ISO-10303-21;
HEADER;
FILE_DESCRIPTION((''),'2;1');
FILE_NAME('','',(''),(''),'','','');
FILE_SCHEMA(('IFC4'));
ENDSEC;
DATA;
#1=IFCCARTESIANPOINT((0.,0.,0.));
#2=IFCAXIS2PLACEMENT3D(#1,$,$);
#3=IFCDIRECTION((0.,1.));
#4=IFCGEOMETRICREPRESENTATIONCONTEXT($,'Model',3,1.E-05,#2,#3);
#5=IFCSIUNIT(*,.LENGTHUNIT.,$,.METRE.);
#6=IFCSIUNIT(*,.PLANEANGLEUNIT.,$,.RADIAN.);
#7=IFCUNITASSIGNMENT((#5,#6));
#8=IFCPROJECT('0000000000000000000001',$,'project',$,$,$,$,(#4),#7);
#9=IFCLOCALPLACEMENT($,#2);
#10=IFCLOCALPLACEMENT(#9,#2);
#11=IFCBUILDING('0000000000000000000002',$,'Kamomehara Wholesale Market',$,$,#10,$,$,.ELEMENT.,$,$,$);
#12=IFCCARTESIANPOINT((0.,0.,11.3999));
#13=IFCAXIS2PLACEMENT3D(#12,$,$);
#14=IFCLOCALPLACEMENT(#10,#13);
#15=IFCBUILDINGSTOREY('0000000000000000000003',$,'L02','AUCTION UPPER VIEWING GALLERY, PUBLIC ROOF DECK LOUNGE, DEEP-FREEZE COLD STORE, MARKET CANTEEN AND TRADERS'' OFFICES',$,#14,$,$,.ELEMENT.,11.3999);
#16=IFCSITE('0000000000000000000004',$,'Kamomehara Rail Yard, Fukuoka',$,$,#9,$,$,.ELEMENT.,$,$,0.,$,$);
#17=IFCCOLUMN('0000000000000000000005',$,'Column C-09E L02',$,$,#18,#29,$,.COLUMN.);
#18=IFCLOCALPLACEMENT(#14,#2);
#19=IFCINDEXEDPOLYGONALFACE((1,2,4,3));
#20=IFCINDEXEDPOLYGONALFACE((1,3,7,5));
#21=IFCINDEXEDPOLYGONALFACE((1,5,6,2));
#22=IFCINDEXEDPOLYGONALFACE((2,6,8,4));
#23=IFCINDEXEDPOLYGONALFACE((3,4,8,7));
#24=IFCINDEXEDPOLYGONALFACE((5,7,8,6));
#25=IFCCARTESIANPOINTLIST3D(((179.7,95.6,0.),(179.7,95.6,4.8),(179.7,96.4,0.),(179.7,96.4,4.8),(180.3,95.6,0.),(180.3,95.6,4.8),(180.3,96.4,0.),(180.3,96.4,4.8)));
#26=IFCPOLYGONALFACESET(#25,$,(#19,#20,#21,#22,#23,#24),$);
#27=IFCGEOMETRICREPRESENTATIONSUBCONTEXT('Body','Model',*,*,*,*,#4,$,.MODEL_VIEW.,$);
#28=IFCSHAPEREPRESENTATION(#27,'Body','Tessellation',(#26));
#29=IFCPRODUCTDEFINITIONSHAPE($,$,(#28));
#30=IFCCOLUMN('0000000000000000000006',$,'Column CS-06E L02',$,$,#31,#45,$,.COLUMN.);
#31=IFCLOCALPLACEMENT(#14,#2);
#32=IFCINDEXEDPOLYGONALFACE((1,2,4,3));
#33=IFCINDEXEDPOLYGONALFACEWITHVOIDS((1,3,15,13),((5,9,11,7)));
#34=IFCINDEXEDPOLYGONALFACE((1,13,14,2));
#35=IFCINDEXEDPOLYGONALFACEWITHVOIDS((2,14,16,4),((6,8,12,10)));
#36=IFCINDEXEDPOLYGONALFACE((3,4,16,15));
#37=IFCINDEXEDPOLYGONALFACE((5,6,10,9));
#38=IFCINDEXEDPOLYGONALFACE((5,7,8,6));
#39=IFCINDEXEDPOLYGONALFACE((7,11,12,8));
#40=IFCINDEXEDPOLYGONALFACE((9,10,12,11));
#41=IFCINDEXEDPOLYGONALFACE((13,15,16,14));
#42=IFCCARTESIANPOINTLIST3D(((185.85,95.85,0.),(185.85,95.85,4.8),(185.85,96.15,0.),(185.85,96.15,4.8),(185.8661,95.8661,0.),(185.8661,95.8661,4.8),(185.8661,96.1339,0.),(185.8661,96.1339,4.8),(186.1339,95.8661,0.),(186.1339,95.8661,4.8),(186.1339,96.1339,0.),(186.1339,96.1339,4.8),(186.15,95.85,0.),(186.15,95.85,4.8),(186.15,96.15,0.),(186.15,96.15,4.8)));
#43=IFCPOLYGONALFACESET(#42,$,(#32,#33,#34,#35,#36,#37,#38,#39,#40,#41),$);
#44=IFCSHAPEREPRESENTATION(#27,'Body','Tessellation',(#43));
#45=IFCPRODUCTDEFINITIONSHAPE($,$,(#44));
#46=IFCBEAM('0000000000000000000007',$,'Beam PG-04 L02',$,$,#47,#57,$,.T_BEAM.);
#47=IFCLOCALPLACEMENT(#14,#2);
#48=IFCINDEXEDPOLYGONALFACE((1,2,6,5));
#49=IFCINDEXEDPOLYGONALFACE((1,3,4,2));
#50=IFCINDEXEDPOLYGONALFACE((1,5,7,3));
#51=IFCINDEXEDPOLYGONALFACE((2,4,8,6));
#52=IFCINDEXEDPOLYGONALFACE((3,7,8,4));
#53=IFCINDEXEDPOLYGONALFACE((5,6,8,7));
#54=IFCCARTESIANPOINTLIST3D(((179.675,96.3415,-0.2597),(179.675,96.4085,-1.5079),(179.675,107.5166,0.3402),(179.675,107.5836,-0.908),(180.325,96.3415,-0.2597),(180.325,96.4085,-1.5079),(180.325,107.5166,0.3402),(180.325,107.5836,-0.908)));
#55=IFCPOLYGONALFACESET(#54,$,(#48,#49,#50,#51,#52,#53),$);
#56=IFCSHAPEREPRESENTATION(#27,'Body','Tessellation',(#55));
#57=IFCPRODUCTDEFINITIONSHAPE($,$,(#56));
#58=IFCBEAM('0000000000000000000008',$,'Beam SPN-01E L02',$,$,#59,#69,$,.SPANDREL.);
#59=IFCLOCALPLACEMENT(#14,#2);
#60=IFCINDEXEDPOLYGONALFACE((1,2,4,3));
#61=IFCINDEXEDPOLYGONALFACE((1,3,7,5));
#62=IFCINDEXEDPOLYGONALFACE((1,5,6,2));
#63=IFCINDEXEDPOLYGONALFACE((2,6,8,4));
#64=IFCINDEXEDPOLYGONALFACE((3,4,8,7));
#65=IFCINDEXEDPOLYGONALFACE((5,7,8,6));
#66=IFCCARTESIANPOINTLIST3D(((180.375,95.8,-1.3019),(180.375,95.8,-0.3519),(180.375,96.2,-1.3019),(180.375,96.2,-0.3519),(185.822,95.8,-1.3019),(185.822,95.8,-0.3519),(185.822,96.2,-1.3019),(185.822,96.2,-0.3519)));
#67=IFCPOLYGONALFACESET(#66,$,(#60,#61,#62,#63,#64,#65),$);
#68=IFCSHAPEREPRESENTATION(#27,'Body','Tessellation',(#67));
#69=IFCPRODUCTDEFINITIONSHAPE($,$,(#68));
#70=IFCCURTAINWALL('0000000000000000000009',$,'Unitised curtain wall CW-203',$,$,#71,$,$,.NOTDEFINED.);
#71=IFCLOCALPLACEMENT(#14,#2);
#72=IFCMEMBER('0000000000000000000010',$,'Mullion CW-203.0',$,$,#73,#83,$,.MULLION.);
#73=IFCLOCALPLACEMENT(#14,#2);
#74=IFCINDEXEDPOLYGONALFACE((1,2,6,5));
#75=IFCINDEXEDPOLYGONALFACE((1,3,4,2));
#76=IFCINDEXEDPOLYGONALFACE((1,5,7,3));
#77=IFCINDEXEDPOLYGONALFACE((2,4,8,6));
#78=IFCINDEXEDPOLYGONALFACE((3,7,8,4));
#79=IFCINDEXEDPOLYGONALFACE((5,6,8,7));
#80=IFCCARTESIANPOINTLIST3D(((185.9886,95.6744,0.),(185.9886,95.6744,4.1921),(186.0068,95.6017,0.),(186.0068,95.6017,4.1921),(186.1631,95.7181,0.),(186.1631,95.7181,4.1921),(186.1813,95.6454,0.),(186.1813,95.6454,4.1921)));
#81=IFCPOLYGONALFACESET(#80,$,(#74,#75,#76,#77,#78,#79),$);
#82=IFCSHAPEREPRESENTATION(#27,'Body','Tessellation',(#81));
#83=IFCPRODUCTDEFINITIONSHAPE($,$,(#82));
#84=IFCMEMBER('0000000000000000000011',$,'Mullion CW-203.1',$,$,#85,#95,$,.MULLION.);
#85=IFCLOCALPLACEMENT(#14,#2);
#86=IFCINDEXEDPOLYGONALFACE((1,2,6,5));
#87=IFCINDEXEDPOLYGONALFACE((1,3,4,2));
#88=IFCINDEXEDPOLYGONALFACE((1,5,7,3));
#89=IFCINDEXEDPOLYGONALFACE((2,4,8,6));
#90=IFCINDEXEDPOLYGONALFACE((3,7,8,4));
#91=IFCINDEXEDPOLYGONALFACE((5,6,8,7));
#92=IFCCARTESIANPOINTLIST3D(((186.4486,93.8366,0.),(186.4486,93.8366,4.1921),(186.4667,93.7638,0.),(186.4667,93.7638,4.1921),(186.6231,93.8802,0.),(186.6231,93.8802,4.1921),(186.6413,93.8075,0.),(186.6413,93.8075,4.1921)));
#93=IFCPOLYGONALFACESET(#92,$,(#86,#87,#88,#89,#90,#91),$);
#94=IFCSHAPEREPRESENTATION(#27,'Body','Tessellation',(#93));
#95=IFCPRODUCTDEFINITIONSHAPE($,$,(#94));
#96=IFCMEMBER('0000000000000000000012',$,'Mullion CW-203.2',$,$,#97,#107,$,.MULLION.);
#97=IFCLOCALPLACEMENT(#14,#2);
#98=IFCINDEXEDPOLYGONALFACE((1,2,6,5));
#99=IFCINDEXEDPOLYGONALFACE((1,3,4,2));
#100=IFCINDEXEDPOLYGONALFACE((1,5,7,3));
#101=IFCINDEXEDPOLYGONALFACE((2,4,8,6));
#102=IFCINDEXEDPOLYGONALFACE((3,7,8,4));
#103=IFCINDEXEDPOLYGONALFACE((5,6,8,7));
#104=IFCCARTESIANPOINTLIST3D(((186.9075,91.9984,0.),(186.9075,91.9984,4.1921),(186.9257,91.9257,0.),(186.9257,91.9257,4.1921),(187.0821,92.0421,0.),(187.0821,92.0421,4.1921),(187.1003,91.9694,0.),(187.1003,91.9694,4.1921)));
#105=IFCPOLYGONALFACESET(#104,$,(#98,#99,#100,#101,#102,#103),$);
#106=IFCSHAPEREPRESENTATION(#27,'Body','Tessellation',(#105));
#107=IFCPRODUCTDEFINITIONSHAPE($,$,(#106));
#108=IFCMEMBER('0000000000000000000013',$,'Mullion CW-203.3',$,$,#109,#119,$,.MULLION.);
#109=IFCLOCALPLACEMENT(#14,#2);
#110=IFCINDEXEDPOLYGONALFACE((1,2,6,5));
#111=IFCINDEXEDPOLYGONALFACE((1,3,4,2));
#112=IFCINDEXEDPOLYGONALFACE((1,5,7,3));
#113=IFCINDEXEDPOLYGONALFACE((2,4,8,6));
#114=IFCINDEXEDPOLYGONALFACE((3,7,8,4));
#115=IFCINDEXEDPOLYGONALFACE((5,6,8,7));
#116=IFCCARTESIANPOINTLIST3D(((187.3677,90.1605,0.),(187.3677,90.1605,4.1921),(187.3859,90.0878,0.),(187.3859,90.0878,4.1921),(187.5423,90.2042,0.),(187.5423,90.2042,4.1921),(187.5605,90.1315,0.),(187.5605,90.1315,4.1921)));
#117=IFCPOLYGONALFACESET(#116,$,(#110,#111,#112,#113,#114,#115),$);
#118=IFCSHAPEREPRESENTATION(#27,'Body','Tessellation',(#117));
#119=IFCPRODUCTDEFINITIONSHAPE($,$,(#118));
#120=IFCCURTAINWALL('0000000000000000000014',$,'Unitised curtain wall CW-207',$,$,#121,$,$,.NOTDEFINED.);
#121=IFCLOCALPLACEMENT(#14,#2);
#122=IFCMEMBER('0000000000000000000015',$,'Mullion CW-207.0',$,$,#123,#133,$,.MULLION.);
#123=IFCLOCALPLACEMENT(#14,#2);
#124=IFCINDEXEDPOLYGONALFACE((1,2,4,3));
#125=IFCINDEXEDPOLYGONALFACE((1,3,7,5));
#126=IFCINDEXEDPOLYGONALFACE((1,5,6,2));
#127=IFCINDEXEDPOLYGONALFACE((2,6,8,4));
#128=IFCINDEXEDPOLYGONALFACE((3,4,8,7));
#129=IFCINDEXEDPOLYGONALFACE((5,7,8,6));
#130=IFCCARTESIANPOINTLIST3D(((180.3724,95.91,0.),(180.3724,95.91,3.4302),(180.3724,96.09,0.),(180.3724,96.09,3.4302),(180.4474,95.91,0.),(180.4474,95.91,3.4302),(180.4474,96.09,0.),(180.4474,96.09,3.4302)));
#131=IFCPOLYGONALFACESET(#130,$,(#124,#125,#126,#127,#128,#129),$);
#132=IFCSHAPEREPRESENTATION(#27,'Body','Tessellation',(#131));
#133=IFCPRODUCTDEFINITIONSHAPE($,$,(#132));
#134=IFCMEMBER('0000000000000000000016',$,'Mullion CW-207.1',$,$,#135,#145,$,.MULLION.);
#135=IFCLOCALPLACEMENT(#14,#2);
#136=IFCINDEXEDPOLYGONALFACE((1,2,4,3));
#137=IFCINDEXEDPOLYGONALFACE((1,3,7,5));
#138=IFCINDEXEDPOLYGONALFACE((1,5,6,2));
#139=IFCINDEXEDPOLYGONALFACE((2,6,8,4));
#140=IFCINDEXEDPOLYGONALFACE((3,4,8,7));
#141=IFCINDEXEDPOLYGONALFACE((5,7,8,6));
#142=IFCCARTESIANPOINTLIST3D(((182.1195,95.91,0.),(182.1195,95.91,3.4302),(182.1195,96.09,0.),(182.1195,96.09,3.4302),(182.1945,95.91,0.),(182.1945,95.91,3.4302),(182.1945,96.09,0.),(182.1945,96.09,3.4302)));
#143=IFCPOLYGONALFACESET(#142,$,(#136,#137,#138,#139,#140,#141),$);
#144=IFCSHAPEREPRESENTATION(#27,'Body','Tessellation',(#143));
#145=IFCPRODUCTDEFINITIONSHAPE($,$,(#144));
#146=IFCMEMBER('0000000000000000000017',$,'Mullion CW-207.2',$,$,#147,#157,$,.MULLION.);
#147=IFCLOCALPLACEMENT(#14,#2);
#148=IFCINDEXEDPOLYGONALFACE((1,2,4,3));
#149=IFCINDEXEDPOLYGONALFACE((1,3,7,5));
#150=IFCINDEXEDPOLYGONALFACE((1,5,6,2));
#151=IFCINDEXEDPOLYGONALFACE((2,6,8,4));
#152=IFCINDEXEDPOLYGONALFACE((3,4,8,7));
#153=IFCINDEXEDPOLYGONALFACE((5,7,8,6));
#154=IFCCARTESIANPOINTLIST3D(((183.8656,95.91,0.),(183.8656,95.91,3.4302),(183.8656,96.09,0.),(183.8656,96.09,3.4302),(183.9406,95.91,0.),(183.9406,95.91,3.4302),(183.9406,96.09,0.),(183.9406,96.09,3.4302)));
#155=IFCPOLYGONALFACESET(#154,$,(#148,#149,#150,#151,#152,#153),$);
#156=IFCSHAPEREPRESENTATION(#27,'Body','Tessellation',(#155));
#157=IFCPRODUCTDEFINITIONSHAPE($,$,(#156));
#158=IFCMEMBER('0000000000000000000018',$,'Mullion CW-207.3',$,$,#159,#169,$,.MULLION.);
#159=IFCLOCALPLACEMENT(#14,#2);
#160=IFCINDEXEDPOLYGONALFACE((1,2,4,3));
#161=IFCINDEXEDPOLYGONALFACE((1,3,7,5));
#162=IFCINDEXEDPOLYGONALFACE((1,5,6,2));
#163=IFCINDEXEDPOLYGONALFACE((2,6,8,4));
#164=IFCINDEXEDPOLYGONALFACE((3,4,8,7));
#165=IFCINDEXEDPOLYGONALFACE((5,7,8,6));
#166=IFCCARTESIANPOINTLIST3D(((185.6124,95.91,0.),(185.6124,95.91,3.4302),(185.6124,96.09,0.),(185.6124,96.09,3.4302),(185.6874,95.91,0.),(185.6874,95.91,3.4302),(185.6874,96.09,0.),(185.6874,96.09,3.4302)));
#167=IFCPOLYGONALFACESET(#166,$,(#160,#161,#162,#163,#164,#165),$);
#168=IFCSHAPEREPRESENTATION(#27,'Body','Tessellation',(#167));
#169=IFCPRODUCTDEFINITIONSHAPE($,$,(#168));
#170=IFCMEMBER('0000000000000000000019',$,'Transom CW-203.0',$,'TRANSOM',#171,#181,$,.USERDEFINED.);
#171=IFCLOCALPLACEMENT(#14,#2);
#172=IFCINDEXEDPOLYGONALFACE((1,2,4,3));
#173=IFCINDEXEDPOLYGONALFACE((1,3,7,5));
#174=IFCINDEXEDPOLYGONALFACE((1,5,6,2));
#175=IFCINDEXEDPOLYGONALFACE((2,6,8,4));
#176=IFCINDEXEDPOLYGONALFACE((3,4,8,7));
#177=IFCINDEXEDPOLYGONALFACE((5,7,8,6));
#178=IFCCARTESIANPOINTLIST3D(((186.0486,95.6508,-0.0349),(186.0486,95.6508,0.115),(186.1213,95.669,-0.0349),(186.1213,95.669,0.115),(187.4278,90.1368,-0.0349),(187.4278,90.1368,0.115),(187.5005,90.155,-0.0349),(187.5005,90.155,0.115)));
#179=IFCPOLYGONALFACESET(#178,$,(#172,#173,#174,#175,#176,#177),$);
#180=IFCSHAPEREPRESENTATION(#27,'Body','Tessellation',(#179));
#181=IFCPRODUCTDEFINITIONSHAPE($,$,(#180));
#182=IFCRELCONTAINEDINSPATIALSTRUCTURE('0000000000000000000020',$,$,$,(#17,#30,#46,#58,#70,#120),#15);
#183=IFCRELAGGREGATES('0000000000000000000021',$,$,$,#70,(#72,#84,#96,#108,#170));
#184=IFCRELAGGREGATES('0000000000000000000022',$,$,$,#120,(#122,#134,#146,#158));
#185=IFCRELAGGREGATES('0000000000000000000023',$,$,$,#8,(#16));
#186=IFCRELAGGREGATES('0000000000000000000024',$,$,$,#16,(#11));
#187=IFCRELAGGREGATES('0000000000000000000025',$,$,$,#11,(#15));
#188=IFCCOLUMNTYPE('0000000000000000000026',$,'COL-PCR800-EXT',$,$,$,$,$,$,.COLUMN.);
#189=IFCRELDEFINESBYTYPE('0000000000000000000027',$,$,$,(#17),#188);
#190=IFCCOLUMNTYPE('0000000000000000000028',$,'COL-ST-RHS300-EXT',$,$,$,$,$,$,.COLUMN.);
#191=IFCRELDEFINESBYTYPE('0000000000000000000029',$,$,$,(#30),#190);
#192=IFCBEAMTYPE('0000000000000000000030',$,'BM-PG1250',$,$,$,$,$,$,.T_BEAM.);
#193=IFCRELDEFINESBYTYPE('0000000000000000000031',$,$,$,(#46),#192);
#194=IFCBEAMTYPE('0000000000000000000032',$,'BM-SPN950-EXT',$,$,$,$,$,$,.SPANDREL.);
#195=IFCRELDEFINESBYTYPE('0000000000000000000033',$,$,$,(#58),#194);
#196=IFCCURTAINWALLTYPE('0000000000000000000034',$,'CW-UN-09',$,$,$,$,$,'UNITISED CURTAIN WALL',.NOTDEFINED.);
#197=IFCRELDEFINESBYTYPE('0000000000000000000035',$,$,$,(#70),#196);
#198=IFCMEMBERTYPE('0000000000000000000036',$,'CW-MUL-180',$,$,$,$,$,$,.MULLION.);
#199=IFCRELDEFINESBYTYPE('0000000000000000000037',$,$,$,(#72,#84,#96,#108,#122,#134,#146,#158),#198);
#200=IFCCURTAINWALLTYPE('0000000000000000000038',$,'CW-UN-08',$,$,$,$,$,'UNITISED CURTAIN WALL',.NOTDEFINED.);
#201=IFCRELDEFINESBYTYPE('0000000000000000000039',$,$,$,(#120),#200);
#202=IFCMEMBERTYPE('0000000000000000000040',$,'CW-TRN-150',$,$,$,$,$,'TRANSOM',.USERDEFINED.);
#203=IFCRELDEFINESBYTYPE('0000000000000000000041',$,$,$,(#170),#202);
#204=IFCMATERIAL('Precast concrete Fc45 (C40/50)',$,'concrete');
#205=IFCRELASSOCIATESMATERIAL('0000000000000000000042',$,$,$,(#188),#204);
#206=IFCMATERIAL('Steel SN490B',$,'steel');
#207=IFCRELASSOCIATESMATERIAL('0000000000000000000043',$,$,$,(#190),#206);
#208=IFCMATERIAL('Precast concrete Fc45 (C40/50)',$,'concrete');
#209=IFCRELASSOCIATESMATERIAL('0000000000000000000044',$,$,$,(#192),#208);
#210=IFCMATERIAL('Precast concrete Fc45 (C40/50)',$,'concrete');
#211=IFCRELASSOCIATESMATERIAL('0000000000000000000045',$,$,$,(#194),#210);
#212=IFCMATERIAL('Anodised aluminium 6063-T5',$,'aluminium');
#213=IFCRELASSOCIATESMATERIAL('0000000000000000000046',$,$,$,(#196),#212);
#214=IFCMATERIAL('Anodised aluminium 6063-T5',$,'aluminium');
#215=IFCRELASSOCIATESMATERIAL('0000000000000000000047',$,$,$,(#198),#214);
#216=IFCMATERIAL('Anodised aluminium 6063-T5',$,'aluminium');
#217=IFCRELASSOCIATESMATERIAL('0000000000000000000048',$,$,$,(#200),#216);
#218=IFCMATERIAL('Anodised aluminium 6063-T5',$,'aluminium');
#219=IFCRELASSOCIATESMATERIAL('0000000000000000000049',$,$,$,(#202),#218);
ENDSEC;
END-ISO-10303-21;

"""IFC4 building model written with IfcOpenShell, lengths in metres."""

from ifc_helpers import new_model, si_unit, direction, frame, origin, origin_2d, place, context, subcontext, project, spatial, rectangle, hollow_rectangle, extrude, material, material_profile, profile_set, type_object, element, aggregate, save


model = new_model("IFC4")

# Units and contexts
model_context = context("Model", 3, precision=1e-05, world=origin(), true_north=direction((0.0, 1.0)))
body_context = subcontext(model_context, "Body", "Model", "MODEL_VIEW")
ifc_project = project(units=[si_unit("LENGTHUNIT", "METRE"), si_unit("PLANEANGLEUNIT", "RADIAN")], contexts=[model_context])

# Site, building, storey
site_placement = place(None, origin())
site = spatial("IfcSite", under=ifc_project, at=site_placement, Name="Kamomehara Rail Yard, Fukuoka", CompositionType="ELEMENT", RefElevation=0.0)
building_placement = place(site_placement, origin())
building = spatial("IfcBuilding", under=site, at=building_placement, Name="Kamomehara Wholesale Market", CompositionType="ELEMENT")
storey_placement = place(building_placement, frame((0.0, 0.0, 11.3999)))
storey = spatial("IfcBuildingStorey", under=building, at=storey_placement, Name="L02", Description="AUCTION UPPER VIEWING GALLERY, PUBLIC ROOF DECK LOUNGE, DEEP-FREEZE COLD STORE, MARKET CANTEEN AND TRADERS' OFFICES", CompositionType="ELEMENT", Elevation=11.3999)

# Columns
ifc_material_1 = material(Name="Precast concrete Fc45 (C40/50)", Category="concrete")
ifc_material_profile_1 = material_profile(ifc_material_1, rectangle(XDim=0.6001, YDim=0.8, at=origin_2d()), Name="PC-COL-600x800")
ifc_profile_set_1 = profile_set([ifc_material_profile_1], Name="Precast concrete Fc45 (C40/50)")
column_type_1 = type_object("IfcColumnType", Name="COL-PCR800-EXT", PredefinedType="COLUMN", material=ifc_profile_set_1)
column_1_placement = place(storey_placement, frame((180.0, 96.0, 0.0), z_axis=(0.0, 0.0, 1.0), x_axis=(1.0, 0.0, 0.0)))
element("IfcColumn", 1, at=column_1_placement, inside=storey, type_object=column_type_1, Name="Column C-09E L02", PredefinedType="COLUMN", context=body_context, shape_type="SweptSolid", body=[
    extrude(rectangle(XDim=0.6001, YDim=0.8, at=origin_2d()), origin(), (0.0, 0.0, 1.0), 4.8),
])
ifc_material_2 = material(Name="Steel SN490B", Category="steel")
ifc_material_profile_2 = material_profile(ifc_material_2, hollow_rectangle(XDim=0.3, YDim=0.3, WallThickness=0.0161, at=origin_2d()), Name="RHS-300x300x16")
ifc_profile_set_2 = profile_set([ifc_material_profile_2], Name="Steel SN490B")
column_type_2 = type_object("IfcColumnType", Name="COL-ST-RHS300-EXT", PredefinedType="COLUMN", material=ifc_profile_set_2)
column_2_placement = place(storey_placement, frame((186.0, 96.0, 0.0), z_axis=(0.0, 0.0, 1.0), x_axis=(1.0, 0.0, 0.0)))
element("IfcColumn", 2, at=column_2_placement, inside=storey, type_object=column_type_2, Name="Column CS-06E L02", PredefinedType="COLUMN", context=body_context, shape_type="SweptSolid", body=[
    extrude(hollow_rectangle(XDim=0.3, YDim=0.3, WallThickness=0.0161, at=origin_2d()), origin(), (0.0, 0.0, 1.0), 4.8),
])

# Beams
ifc_material_3 = material(Name="Precast concrete Fc45 (C40/50)", Category="concrete")
ifc_material_profile_3 = material_profile(ifc_material_3, rectangle(XDim=0.6499, YDim=1.25, at=origin_2d()), Name="PC-GRD-650x1250")
ifc_profile_set_3 = profile_set([ifc_material_profile_3], Name="Precast concrete Fc45 (C40/50)")
beam_type_1 = type_object("IfcBeamType", Name="BM-PG1250", PredefinedType="T_BEAM", material=ifc_profile_set_3)
beam_1_placement = place(storey_placement, frame((180.0, 96.375, -0.8838), z_axis=(0.0, 0.998562, 0.053601), x_axis=(-1.0, 0.0, 0.0)))
element("IfcBeam", 3, at=beam_1_placement, inside=storey, type_object=beam_type_1, Name="Beam PG-04 L02", PredefinedType="T_BEAM", context=body_context, shape_type="SweptSolid", body=[
    extrude(rectangle(XDim=0.6499, YDim=1.25, at=origin_2d()), origin(), (0.0, 0.0, 1.0), 11.1912),
])
ifc_material_4 = material(Name="Precast concrete Fc45 (C40/50)", Category="concrete")
ifc_material_profile_4 = material_profile(ifc_material_4, rectangle(XDim=0.3999, YDim=0.95, at=origin_2d()), Name="PC-SPN-400x950")
ifc_profile_set_4 = profile_set([ifc_material_profile_4], Name="Precast concrete Fc45 (C40/50)")
beam_type_2 = type_object("IfcBeamType", Name="BM-SPN950-EXT", PredefinedType="SPANDREL", material=ifc_profile_set_4)
beam_2_placement = place(storey_placement, frame((180.375, 96.0, -0.8269), z_axis=(1.0, 0.0, 0.0), x_axis=(0.0, 1.0, 0.0)))
element("IfcBeam", 4, at=beam_2_placement, inside=storey, type_object=beam_type_2, Name="Beam SPN-01E L02", PredefinedType="SPANDREL", context=body_context, shape_type="SweptSolid", body=[
    extrude(rectangle(XDim=0.3999, YDim=0.95, at=origin_2d()), origin(), (0.0, 0.0, 1.0), 5.447),
])

# Curtain walls, members
ifc_material_5 = material(Name="Anodised aluminium 6063-T5", Category="aluminium")
curtain_wall_type_1 = type_object("IfcCurtainWallType", Name="CW-UN-09", ElementType="UNITISED CURTAIN WALL", PredefinedType="NOTDEFINED", material=ifc_material_5)
curtain_wall_1_placement = place(storey_placement, origin())
curtain_wall_1 = element("IfcCurtainWall", 5, at=curtain_wall_1_placement, inside=storey, type_object=curtain_wall_type_1, Name="Unitised curtain wall CW-203", PredefinedType="NOTDEFINED")
ifc_material_6 = material(Name="Anodised aluminium 6063-T5", Category="aluminium")
ifc_material_profile_5 = material_profile(ifc_material_6, rectangle(XDim=0.075, YDim=0.1799, at=origin_2d()), Name="ALU-MUL-75x180")
ifc_profile_set_5 = profile_set([ifc_material_profile_5], Name="Anodised aluminium 6063-T5")
member_type_1 = type_object("IfcMemberType", Name="CW-MUL-180", PredefinedType="MULLION", material=ifc_profile_set_5)
member_1_placement = place(storey_placement, frame((186.085, 95.6599, 0.0), z_axis=(0.0, 0.0, 1.0), x_axis=(0.242618, -0.970122, 0.0)))
member_1 = element("IfcMember", 6, at=member_1_placement, type_object=member_type_1, Name="Mullion CW-203.0", PredefinedType="MULLION", context=body_context, shape_type="SweptSolid", body=[
    extrude(rectangle(XDim=0.075, YDim=0.1799, at=origin_2d()), origin(), (0.0, 0.0, 1.0), 4.1921),
])
member_2_placement = place(storey_placement, frame((186.5449, 93.822, 0.0), z_axis=(0.0, 0.0, 1.0), x_axis=(0.242618, -0.970122, 0.0)))
member_2 = element("IfcMember", 7, at=member_2_placement, type_object=member_type_1, Name="Mullion CW-203.1", PredefinedType="MULLION", context=body_context, shape_type="SweptSolid", body=[
    extrude(rectangle(XDim=0.075, YDim=0.1799, at=origin_2d()), origin(), (0.0, 0.0, 1.0), 4.1921),
])
member_3_placement = place(storey_placement, frame((187.0039, 91.9839, 0.0), z_axis=(0.0, 0.0, 1.0), x_axis=(0.242618, -0.970122, 0.0)))
member_3 = element("IfcMember", 8, at=member_3_placement, type_object=member_type_1, Name="Mullion CW-203.2", PredefinedType="MULLION", context=body_context, shape_type="SweptSolid", body=[
    extrude(rectangle(XDim=0.075, YDim=0.1799, at=origin_2d()), origin(), (0.0, 0.0, 1.0), 4.1921),
])
member_4_placement = place(storey_placement, frame((187.4641, 90.146, 0.0), z_axis=(0.0, 0.0, 1.0), x_axis=(0.242618, -0.970122, 0.0)))
member_4 = element("IfcMember", 9, at=member_4_placement, type_object=member_type_1, Name="Mullion CW-203.3", PredefinedType="MULLION", context=body_context, shape_type="SweptSolid", body=[
    extrude(rectangle(XDim=0.075, YDim=0.1799, at=origin_2d()), origin(), (0.0, 0.0, 1.0), 4.1921),
])
ifc_material_7 = material(Name="Anodised aluminium 6063-T5", Category="aluminium")
curtain_wall_type_2 = type_object("IfcCurtainWallType", Name="CW-UN-08", ElementType="UNITISED CURTAIN WALL", PredefinedType="NOTDEFINED", material=ifc_material_7)
curtain_wall_2_placement = place(storey_placement, origin())
curtain_wall_2 = element("IfcCurtainWall", 10, at=curtain_wall_2_placement, inside=storey, type_object=curtain_wall_type_2, Name="Unitised curtain wall CW-207", PredefinedType="NOTDEFINED")
member_5_placement = place(storey_placement, frame((180.4099, 96.0, 0.0), z_axis=(0.0, 0.0, 1.0), x_axis=(1.0, 0.0, 0.0)))
member_5 = element("IfcMember", 11, at=member_5_placement, type_object=member_type_1, Name="Mullion CW-207.0", PredefinedType="MULLION", context=body_context, shape_type="SweptSolid", body=[
    extrude(rectangle(XDim=0.075, YDim=0.1799, at=origin_2d()), origin(), (0.0, 0.0, 1.0), 3.4302),
])
member_6_placement = place(storey_placement, frame((182.157, 96.0, 0.0), z_axis=(0.0, 0.0, 1.0), x_axis=(1.0, 0.0, 0.0)))
member_6 = element("IfcMember", 12, at=member_6_placement, type_object=member_type_1, Name="Mullion CW-207.1", PredefinedType="MULLION", context=body_context, shape_type="SweptSolid", body=[
    extrude(rectangle(XDim=0.075, YDim=0.1799, at=origin_2d()), origin(), (0.0, 0.0, 1.0), 3.4302),
])
member_7_placement = place(storey_placement, frame((183.9031, 96.0, 0.0), z_axis=(0.0, 0.0, 1.0), x_axis=(1.0, 0.0, 0.0)))
member_7 = element("IfcMember", 13, at=member_7_placement, type_object=member_type_1, Name="Mullion CW-207.2", PredefinedType="MULLION", context=body_context, shape_type="SweptSolid", body=[
    extrude(rectangle(XDim=0.075, YDim=0.1799, at=origin_2d()), origin(), (0.0, 0.0, 1.0), 3.4302),
])
member_8_placement = place(storey_placement, frame((185.6499, 96.0, 0.0), z_axis=(0.0, 0.0, 1.0), x_axis=(1.0, 0.0, 0.0)))
member_8 = element("IfcMember", 14, at=member_8_placement, type_object=member_type_1, Name="Mullion CW-207.3", PredefinedType="MULLION", context=body_context, shape_type="SweptSolid", body=[
    extrude(rectangle(XDim=0.075, YDim=0.1799, at=origin_2d()), origin(), (0.0, 0.0, 1.0), 3.4302),
])

# Member
ifc_material_8 = material(Name="Anodised aluminium 6063-T5", Category="aluminium")
ifc_material_profile_6 = material_profile(ifc_material_8, rectangle(XDim=0.075, YDim=0.1499, at=origin_2d()), Name="ALU-TRN-75x150")
ifc_profile_set_6 = profile_set([ifc_material_profile_6], Name="Anodised aluminium 6063-T5")
member_type_2 = type_object("IfcMemberType", Name="CW-TRN-150", ElementType="TRANSOM", PredefinedType="USERDEFINED", material=ifc_profile_set_6)
member_9_placement = place(storey_placement, frame((186.085, 95.6599, 0.04), z_axis=(0.242647, -0.970115, 0.0), x_axis=(0.970115, 0.242647, 0.0)))
member_9 = element("IfcMember", 15, at=member_9_placement, type_object=member_type_2, Name="Transom CW-203.0", ObjectType="TRANSOM", PredefinedType="USERDEFINED", context=body_context, shape_type="SweptSolid", body=[
    extrude(rectangle(XDim=0.075, YDim=0.1499, at=origin_2d()), origin(), (0.0, 0.0, 1.0), 5.6838),
])

aggregate(curtain_wall_1, [member_1, member_2, member_3, member_4, member_9])
aggregate(curtain_wall_2, [member_5, member_6, member_7, member_8])

save(model, "model.ifc")
